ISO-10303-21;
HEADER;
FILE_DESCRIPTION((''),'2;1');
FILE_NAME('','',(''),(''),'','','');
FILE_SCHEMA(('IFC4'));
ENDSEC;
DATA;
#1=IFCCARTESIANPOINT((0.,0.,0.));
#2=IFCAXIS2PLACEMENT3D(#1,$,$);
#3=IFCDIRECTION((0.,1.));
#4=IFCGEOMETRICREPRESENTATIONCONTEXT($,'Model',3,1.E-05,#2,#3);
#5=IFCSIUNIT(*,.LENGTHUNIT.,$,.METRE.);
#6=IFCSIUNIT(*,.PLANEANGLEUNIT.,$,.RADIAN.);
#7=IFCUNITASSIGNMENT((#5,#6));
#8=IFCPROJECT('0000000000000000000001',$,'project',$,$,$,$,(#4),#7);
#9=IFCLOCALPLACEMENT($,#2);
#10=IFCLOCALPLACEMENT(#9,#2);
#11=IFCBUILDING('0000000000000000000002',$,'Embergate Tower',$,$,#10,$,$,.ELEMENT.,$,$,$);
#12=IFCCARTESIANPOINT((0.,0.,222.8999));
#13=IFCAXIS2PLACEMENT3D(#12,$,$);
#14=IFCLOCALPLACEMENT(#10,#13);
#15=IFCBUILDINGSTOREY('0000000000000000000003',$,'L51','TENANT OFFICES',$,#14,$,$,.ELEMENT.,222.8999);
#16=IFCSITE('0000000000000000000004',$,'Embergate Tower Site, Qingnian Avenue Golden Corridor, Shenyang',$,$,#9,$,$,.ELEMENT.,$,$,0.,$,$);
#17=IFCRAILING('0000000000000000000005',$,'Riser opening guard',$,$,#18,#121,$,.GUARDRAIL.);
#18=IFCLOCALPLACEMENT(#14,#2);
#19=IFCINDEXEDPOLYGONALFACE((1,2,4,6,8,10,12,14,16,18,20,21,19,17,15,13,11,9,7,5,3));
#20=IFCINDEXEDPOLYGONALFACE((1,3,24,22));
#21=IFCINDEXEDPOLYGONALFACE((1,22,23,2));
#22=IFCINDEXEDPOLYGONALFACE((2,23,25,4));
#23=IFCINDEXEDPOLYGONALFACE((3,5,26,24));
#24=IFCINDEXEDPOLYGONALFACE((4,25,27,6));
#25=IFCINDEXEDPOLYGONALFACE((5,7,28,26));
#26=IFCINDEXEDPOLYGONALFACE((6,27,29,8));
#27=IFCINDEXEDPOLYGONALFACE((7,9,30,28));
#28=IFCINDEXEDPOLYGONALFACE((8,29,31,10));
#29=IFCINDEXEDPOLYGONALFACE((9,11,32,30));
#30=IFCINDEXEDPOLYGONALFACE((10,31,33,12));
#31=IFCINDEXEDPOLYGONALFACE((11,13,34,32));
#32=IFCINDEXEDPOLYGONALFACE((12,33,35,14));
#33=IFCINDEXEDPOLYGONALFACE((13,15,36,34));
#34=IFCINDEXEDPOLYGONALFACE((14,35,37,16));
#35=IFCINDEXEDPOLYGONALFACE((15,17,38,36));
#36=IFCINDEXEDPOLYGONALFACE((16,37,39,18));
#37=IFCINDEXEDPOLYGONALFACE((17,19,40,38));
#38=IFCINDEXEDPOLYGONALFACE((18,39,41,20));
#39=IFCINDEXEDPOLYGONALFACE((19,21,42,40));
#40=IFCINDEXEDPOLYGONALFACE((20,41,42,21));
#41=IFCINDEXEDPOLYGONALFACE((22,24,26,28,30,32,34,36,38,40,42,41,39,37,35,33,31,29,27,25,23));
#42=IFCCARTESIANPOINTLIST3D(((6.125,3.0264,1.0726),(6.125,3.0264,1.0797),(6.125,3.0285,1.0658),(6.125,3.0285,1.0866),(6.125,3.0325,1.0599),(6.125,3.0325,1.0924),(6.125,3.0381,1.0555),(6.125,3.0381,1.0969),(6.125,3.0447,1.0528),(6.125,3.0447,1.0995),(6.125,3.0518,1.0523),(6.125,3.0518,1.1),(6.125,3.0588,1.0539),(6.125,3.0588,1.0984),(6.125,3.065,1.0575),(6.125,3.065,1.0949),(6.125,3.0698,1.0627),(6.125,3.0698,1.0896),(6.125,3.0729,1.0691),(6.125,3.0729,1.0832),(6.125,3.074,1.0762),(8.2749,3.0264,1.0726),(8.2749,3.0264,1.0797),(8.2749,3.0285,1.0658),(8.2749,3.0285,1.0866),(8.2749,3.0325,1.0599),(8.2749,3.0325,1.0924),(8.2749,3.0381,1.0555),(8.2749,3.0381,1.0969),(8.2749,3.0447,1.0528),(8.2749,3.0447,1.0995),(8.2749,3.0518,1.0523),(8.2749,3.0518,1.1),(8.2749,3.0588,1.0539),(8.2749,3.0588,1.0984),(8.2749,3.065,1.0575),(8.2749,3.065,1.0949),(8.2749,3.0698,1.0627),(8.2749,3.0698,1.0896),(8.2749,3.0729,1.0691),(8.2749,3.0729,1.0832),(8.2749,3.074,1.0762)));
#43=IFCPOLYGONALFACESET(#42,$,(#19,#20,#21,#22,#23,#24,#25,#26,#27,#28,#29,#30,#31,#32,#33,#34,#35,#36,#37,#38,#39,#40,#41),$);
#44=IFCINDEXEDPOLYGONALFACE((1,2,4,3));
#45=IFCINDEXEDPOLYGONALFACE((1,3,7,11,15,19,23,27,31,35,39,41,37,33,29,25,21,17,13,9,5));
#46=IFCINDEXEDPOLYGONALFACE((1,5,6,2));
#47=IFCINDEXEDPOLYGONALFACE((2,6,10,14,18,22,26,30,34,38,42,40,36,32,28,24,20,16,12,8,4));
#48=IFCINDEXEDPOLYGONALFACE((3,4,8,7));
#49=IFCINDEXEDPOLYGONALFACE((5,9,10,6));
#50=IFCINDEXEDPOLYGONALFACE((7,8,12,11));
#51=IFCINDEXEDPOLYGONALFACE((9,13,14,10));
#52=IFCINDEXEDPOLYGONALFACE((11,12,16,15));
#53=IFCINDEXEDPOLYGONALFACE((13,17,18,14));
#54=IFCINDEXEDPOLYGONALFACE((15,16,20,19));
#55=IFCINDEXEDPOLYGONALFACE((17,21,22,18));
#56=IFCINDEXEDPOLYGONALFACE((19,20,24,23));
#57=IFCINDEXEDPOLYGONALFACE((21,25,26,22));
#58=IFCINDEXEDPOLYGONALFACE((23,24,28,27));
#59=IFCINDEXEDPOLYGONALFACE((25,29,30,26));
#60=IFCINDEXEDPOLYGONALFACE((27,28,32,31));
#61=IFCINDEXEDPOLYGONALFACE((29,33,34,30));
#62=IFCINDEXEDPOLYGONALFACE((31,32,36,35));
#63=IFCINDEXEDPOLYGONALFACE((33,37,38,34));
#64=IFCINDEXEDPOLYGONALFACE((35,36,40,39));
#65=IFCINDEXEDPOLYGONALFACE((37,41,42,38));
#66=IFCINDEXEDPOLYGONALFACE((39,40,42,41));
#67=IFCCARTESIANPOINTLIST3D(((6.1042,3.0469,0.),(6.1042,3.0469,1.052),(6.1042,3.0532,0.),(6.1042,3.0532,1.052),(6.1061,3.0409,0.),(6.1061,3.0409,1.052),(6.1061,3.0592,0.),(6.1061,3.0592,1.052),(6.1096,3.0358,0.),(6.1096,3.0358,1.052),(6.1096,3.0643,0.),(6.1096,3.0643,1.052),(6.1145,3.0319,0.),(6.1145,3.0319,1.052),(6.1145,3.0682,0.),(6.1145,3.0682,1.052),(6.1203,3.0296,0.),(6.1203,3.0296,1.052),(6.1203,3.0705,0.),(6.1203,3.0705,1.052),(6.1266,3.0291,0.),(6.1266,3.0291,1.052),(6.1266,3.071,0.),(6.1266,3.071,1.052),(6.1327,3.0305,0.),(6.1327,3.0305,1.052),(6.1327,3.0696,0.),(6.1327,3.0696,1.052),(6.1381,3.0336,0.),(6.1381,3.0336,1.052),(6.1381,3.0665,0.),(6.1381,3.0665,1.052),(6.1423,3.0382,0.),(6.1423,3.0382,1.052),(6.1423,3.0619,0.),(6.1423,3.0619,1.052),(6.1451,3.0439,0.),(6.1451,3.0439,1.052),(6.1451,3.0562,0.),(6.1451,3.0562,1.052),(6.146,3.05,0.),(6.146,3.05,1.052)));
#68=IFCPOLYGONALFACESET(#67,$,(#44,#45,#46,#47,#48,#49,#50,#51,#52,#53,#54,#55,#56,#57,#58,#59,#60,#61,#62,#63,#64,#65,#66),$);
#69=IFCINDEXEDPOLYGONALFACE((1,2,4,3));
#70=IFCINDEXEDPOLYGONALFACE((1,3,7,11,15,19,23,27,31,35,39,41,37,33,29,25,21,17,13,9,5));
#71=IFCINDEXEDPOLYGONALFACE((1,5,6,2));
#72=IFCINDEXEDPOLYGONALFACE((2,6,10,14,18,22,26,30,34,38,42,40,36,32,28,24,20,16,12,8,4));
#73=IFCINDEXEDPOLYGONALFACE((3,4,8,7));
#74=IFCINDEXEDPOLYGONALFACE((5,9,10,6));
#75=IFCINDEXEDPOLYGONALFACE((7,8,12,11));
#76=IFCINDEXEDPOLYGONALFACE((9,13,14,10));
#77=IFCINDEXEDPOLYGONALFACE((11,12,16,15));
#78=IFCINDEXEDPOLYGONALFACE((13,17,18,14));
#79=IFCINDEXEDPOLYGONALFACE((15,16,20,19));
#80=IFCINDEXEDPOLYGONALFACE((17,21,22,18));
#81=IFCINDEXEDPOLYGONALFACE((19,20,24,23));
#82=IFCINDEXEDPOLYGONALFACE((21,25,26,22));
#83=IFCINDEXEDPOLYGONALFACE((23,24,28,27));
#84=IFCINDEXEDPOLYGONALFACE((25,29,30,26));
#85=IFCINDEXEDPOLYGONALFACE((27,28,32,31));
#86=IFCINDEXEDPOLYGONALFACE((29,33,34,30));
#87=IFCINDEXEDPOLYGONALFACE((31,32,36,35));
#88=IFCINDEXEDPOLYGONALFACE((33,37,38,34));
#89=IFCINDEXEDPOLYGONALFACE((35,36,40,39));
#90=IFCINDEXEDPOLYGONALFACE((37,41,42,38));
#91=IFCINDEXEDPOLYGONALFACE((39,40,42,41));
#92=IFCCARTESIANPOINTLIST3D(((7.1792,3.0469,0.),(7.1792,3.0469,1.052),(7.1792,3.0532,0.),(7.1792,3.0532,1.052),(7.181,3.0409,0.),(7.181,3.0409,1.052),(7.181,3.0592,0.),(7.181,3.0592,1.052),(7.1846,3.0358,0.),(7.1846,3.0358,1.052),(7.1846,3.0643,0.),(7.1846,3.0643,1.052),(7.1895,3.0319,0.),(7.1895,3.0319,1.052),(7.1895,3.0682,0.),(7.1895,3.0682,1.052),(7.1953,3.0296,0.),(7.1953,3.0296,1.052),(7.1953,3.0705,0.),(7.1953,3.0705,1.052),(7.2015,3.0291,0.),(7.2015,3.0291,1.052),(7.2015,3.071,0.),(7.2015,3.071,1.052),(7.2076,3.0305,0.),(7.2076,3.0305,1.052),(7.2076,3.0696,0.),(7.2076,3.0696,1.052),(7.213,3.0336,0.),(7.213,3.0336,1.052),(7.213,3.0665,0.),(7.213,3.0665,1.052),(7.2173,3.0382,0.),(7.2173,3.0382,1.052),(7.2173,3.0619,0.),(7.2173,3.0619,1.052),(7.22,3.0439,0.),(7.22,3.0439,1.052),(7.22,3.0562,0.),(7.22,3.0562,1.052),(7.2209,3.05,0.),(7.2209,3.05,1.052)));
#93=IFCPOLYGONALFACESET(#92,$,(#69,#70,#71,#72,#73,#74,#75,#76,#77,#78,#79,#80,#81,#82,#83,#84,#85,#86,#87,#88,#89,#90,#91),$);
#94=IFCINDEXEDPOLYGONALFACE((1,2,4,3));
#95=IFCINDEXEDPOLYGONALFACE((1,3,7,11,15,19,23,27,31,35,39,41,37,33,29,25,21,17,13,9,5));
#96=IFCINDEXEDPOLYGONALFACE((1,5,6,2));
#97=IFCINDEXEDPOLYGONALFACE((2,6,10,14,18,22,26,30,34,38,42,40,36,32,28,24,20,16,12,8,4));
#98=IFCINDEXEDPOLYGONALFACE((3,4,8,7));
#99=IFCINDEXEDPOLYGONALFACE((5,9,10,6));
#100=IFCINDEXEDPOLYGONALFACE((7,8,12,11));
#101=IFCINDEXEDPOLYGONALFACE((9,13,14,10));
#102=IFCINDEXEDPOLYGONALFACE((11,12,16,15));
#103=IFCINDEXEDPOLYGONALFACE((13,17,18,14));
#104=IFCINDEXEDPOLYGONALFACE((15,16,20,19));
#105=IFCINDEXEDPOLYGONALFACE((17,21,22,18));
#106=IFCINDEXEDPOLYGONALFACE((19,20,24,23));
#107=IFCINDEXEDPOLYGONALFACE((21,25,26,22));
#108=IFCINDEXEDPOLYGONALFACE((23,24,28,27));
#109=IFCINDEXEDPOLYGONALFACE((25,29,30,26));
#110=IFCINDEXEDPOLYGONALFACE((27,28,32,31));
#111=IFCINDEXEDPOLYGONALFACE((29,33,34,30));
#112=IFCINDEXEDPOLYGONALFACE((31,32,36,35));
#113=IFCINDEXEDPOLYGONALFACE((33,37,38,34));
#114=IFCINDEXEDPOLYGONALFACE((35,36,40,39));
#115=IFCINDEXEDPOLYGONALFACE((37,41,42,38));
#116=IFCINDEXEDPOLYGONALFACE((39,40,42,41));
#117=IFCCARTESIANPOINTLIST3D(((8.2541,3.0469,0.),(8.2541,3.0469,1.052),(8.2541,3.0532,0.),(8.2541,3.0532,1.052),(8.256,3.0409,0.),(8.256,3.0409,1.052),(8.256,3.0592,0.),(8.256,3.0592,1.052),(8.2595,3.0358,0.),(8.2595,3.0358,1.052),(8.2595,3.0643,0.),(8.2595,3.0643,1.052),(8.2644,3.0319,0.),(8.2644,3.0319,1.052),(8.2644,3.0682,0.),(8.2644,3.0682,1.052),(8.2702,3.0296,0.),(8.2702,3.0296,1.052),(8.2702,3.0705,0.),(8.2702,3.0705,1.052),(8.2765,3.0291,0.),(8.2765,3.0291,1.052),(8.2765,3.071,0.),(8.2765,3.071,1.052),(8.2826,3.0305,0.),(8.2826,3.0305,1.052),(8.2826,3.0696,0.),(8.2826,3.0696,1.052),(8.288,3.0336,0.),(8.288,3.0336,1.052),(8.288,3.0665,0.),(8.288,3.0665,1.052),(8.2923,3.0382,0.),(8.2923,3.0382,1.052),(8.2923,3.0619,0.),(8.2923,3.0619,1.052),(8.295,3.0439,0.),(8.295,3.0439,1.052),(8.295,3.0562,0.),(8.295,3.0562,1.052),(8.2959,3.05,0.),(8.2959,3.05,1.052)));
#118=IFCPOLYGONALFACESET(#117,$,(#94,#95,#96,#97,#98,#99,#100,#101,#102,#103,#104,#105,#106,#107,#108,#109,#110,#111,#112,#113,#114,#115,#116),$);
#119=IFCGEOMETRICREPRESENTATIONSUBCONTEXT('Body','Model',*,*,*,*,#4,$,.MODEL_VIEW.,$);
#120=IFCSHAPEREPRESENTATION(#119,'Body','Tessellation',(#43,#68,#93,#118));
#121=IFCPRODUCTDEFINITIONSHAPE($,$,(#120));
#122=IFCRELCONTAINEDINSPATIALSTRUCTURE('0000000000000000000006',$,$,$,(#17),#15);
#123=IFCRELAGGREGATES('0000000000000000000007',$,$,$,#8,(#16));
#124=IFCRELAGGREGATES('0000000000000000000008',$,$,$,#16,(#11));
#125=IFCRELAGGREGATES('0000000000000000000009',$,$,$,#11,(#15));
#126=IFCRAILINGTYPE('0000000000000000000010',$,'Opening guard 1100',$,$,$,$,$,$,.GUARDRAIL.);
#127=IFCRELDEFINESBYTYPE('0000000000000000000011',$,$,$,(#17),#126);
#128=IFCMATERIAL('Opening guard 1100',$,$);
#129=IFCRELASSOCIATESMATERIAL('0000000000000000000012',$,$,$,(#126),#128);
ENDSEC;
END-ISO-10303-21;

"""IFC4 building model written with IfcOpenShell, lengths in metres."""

from ifc_helpers import new_model, si_unit, direction, frame, origin, origin_2d, place, context, subcontext, project, spatial, circle, extrude, source, transform, mapped, material, type_object, element, save


model = new_model("IFC4")

# Units and contexts
model_context = context("Model", 3, precision=1e-05, world=origin(), true_north=direction((0.0, 1.0)))
body_context = subcontext(model_context, "Body", "Model", "MODEL_VIEW")
ifc_project = project(units=[si_unit("LENGTHUNIT", "METRE"), si_unit("PLANEANGLEUNIT", "RADIAN")], contexts=[model_context])

# Site, building, storey
site_placement = place(None, origin())
site = spatial("IfcSite", under=ifc_project, at=site_placement, Name="Embergate Tower Site, Qingnian Avenue Golden Corridor, Shenyang", CompositionType="ELEMENT", RefElevation=0.0)
building_placement = place(site_placement, origin())
building = spatial("IfcBuilding", under=site, at=building_placement, Name="Embergate Tower", CompositionType="ELEMENT")
storey_placement = place(building_placement, frame((0.0, 0.0, 222.8999)))
storey = spatial("IfcBuildingStorey", under=building, at=storey_placement, Name="L51", Description="TENANT OFFICES", CompositionType="ELEMENT", Elevation=222.8999)

# Railing
ifc_material_1 = material(Name="Opening guard 1100")
railing_type = type_object("IfcRailingType", Name="Opening guard 1100", PredefinedType="GUARDRAIL", material=ifc_material_1)
shared_shape_1 = source(origin(), body_context, "Body", "SweptSolid", [
    extrude(circle(Radius=0.0239, at=origin_2d()), frame((0.0, 0.0, 1.0762), z_axis=(1.0, 0.0, 0.0), x_axis=(0.0, 1.0, 0.0)), (0.0, 0.0, 1.0), 2.1499),
    extrude(circle(Radius=0.021, at=origin_2d()), origin(), (0.0, 0.0, 1.0), 1.052),
    extrude(circle(Radius=0.021, at=origin_2d()), frame((1.075, 0.0, 0.0)), (0.0, 0.0, 1.0), 1.052),
    extrude(circle(Radius=0.021, at=origin_2d()), frame((2.1499, 0.0, 0.0)), (0.0, 0.0, 1.0), 1.052),
])
railing_placement = place(storey_placement, frame((6.125, 3.05, 0.0)))
element("IfcRailing", 1, at=railing_placement, inside=storey, type_object=railing_type, Name="Riser opening guard", PredefinedType="GUARDRAIL", context=body_context, shape_type="MappedRepresentation", body=[
    mapped(shared_shape_1, transform((0.0, 0.0, 0.0))),
])

save(model, "model.ifc")
